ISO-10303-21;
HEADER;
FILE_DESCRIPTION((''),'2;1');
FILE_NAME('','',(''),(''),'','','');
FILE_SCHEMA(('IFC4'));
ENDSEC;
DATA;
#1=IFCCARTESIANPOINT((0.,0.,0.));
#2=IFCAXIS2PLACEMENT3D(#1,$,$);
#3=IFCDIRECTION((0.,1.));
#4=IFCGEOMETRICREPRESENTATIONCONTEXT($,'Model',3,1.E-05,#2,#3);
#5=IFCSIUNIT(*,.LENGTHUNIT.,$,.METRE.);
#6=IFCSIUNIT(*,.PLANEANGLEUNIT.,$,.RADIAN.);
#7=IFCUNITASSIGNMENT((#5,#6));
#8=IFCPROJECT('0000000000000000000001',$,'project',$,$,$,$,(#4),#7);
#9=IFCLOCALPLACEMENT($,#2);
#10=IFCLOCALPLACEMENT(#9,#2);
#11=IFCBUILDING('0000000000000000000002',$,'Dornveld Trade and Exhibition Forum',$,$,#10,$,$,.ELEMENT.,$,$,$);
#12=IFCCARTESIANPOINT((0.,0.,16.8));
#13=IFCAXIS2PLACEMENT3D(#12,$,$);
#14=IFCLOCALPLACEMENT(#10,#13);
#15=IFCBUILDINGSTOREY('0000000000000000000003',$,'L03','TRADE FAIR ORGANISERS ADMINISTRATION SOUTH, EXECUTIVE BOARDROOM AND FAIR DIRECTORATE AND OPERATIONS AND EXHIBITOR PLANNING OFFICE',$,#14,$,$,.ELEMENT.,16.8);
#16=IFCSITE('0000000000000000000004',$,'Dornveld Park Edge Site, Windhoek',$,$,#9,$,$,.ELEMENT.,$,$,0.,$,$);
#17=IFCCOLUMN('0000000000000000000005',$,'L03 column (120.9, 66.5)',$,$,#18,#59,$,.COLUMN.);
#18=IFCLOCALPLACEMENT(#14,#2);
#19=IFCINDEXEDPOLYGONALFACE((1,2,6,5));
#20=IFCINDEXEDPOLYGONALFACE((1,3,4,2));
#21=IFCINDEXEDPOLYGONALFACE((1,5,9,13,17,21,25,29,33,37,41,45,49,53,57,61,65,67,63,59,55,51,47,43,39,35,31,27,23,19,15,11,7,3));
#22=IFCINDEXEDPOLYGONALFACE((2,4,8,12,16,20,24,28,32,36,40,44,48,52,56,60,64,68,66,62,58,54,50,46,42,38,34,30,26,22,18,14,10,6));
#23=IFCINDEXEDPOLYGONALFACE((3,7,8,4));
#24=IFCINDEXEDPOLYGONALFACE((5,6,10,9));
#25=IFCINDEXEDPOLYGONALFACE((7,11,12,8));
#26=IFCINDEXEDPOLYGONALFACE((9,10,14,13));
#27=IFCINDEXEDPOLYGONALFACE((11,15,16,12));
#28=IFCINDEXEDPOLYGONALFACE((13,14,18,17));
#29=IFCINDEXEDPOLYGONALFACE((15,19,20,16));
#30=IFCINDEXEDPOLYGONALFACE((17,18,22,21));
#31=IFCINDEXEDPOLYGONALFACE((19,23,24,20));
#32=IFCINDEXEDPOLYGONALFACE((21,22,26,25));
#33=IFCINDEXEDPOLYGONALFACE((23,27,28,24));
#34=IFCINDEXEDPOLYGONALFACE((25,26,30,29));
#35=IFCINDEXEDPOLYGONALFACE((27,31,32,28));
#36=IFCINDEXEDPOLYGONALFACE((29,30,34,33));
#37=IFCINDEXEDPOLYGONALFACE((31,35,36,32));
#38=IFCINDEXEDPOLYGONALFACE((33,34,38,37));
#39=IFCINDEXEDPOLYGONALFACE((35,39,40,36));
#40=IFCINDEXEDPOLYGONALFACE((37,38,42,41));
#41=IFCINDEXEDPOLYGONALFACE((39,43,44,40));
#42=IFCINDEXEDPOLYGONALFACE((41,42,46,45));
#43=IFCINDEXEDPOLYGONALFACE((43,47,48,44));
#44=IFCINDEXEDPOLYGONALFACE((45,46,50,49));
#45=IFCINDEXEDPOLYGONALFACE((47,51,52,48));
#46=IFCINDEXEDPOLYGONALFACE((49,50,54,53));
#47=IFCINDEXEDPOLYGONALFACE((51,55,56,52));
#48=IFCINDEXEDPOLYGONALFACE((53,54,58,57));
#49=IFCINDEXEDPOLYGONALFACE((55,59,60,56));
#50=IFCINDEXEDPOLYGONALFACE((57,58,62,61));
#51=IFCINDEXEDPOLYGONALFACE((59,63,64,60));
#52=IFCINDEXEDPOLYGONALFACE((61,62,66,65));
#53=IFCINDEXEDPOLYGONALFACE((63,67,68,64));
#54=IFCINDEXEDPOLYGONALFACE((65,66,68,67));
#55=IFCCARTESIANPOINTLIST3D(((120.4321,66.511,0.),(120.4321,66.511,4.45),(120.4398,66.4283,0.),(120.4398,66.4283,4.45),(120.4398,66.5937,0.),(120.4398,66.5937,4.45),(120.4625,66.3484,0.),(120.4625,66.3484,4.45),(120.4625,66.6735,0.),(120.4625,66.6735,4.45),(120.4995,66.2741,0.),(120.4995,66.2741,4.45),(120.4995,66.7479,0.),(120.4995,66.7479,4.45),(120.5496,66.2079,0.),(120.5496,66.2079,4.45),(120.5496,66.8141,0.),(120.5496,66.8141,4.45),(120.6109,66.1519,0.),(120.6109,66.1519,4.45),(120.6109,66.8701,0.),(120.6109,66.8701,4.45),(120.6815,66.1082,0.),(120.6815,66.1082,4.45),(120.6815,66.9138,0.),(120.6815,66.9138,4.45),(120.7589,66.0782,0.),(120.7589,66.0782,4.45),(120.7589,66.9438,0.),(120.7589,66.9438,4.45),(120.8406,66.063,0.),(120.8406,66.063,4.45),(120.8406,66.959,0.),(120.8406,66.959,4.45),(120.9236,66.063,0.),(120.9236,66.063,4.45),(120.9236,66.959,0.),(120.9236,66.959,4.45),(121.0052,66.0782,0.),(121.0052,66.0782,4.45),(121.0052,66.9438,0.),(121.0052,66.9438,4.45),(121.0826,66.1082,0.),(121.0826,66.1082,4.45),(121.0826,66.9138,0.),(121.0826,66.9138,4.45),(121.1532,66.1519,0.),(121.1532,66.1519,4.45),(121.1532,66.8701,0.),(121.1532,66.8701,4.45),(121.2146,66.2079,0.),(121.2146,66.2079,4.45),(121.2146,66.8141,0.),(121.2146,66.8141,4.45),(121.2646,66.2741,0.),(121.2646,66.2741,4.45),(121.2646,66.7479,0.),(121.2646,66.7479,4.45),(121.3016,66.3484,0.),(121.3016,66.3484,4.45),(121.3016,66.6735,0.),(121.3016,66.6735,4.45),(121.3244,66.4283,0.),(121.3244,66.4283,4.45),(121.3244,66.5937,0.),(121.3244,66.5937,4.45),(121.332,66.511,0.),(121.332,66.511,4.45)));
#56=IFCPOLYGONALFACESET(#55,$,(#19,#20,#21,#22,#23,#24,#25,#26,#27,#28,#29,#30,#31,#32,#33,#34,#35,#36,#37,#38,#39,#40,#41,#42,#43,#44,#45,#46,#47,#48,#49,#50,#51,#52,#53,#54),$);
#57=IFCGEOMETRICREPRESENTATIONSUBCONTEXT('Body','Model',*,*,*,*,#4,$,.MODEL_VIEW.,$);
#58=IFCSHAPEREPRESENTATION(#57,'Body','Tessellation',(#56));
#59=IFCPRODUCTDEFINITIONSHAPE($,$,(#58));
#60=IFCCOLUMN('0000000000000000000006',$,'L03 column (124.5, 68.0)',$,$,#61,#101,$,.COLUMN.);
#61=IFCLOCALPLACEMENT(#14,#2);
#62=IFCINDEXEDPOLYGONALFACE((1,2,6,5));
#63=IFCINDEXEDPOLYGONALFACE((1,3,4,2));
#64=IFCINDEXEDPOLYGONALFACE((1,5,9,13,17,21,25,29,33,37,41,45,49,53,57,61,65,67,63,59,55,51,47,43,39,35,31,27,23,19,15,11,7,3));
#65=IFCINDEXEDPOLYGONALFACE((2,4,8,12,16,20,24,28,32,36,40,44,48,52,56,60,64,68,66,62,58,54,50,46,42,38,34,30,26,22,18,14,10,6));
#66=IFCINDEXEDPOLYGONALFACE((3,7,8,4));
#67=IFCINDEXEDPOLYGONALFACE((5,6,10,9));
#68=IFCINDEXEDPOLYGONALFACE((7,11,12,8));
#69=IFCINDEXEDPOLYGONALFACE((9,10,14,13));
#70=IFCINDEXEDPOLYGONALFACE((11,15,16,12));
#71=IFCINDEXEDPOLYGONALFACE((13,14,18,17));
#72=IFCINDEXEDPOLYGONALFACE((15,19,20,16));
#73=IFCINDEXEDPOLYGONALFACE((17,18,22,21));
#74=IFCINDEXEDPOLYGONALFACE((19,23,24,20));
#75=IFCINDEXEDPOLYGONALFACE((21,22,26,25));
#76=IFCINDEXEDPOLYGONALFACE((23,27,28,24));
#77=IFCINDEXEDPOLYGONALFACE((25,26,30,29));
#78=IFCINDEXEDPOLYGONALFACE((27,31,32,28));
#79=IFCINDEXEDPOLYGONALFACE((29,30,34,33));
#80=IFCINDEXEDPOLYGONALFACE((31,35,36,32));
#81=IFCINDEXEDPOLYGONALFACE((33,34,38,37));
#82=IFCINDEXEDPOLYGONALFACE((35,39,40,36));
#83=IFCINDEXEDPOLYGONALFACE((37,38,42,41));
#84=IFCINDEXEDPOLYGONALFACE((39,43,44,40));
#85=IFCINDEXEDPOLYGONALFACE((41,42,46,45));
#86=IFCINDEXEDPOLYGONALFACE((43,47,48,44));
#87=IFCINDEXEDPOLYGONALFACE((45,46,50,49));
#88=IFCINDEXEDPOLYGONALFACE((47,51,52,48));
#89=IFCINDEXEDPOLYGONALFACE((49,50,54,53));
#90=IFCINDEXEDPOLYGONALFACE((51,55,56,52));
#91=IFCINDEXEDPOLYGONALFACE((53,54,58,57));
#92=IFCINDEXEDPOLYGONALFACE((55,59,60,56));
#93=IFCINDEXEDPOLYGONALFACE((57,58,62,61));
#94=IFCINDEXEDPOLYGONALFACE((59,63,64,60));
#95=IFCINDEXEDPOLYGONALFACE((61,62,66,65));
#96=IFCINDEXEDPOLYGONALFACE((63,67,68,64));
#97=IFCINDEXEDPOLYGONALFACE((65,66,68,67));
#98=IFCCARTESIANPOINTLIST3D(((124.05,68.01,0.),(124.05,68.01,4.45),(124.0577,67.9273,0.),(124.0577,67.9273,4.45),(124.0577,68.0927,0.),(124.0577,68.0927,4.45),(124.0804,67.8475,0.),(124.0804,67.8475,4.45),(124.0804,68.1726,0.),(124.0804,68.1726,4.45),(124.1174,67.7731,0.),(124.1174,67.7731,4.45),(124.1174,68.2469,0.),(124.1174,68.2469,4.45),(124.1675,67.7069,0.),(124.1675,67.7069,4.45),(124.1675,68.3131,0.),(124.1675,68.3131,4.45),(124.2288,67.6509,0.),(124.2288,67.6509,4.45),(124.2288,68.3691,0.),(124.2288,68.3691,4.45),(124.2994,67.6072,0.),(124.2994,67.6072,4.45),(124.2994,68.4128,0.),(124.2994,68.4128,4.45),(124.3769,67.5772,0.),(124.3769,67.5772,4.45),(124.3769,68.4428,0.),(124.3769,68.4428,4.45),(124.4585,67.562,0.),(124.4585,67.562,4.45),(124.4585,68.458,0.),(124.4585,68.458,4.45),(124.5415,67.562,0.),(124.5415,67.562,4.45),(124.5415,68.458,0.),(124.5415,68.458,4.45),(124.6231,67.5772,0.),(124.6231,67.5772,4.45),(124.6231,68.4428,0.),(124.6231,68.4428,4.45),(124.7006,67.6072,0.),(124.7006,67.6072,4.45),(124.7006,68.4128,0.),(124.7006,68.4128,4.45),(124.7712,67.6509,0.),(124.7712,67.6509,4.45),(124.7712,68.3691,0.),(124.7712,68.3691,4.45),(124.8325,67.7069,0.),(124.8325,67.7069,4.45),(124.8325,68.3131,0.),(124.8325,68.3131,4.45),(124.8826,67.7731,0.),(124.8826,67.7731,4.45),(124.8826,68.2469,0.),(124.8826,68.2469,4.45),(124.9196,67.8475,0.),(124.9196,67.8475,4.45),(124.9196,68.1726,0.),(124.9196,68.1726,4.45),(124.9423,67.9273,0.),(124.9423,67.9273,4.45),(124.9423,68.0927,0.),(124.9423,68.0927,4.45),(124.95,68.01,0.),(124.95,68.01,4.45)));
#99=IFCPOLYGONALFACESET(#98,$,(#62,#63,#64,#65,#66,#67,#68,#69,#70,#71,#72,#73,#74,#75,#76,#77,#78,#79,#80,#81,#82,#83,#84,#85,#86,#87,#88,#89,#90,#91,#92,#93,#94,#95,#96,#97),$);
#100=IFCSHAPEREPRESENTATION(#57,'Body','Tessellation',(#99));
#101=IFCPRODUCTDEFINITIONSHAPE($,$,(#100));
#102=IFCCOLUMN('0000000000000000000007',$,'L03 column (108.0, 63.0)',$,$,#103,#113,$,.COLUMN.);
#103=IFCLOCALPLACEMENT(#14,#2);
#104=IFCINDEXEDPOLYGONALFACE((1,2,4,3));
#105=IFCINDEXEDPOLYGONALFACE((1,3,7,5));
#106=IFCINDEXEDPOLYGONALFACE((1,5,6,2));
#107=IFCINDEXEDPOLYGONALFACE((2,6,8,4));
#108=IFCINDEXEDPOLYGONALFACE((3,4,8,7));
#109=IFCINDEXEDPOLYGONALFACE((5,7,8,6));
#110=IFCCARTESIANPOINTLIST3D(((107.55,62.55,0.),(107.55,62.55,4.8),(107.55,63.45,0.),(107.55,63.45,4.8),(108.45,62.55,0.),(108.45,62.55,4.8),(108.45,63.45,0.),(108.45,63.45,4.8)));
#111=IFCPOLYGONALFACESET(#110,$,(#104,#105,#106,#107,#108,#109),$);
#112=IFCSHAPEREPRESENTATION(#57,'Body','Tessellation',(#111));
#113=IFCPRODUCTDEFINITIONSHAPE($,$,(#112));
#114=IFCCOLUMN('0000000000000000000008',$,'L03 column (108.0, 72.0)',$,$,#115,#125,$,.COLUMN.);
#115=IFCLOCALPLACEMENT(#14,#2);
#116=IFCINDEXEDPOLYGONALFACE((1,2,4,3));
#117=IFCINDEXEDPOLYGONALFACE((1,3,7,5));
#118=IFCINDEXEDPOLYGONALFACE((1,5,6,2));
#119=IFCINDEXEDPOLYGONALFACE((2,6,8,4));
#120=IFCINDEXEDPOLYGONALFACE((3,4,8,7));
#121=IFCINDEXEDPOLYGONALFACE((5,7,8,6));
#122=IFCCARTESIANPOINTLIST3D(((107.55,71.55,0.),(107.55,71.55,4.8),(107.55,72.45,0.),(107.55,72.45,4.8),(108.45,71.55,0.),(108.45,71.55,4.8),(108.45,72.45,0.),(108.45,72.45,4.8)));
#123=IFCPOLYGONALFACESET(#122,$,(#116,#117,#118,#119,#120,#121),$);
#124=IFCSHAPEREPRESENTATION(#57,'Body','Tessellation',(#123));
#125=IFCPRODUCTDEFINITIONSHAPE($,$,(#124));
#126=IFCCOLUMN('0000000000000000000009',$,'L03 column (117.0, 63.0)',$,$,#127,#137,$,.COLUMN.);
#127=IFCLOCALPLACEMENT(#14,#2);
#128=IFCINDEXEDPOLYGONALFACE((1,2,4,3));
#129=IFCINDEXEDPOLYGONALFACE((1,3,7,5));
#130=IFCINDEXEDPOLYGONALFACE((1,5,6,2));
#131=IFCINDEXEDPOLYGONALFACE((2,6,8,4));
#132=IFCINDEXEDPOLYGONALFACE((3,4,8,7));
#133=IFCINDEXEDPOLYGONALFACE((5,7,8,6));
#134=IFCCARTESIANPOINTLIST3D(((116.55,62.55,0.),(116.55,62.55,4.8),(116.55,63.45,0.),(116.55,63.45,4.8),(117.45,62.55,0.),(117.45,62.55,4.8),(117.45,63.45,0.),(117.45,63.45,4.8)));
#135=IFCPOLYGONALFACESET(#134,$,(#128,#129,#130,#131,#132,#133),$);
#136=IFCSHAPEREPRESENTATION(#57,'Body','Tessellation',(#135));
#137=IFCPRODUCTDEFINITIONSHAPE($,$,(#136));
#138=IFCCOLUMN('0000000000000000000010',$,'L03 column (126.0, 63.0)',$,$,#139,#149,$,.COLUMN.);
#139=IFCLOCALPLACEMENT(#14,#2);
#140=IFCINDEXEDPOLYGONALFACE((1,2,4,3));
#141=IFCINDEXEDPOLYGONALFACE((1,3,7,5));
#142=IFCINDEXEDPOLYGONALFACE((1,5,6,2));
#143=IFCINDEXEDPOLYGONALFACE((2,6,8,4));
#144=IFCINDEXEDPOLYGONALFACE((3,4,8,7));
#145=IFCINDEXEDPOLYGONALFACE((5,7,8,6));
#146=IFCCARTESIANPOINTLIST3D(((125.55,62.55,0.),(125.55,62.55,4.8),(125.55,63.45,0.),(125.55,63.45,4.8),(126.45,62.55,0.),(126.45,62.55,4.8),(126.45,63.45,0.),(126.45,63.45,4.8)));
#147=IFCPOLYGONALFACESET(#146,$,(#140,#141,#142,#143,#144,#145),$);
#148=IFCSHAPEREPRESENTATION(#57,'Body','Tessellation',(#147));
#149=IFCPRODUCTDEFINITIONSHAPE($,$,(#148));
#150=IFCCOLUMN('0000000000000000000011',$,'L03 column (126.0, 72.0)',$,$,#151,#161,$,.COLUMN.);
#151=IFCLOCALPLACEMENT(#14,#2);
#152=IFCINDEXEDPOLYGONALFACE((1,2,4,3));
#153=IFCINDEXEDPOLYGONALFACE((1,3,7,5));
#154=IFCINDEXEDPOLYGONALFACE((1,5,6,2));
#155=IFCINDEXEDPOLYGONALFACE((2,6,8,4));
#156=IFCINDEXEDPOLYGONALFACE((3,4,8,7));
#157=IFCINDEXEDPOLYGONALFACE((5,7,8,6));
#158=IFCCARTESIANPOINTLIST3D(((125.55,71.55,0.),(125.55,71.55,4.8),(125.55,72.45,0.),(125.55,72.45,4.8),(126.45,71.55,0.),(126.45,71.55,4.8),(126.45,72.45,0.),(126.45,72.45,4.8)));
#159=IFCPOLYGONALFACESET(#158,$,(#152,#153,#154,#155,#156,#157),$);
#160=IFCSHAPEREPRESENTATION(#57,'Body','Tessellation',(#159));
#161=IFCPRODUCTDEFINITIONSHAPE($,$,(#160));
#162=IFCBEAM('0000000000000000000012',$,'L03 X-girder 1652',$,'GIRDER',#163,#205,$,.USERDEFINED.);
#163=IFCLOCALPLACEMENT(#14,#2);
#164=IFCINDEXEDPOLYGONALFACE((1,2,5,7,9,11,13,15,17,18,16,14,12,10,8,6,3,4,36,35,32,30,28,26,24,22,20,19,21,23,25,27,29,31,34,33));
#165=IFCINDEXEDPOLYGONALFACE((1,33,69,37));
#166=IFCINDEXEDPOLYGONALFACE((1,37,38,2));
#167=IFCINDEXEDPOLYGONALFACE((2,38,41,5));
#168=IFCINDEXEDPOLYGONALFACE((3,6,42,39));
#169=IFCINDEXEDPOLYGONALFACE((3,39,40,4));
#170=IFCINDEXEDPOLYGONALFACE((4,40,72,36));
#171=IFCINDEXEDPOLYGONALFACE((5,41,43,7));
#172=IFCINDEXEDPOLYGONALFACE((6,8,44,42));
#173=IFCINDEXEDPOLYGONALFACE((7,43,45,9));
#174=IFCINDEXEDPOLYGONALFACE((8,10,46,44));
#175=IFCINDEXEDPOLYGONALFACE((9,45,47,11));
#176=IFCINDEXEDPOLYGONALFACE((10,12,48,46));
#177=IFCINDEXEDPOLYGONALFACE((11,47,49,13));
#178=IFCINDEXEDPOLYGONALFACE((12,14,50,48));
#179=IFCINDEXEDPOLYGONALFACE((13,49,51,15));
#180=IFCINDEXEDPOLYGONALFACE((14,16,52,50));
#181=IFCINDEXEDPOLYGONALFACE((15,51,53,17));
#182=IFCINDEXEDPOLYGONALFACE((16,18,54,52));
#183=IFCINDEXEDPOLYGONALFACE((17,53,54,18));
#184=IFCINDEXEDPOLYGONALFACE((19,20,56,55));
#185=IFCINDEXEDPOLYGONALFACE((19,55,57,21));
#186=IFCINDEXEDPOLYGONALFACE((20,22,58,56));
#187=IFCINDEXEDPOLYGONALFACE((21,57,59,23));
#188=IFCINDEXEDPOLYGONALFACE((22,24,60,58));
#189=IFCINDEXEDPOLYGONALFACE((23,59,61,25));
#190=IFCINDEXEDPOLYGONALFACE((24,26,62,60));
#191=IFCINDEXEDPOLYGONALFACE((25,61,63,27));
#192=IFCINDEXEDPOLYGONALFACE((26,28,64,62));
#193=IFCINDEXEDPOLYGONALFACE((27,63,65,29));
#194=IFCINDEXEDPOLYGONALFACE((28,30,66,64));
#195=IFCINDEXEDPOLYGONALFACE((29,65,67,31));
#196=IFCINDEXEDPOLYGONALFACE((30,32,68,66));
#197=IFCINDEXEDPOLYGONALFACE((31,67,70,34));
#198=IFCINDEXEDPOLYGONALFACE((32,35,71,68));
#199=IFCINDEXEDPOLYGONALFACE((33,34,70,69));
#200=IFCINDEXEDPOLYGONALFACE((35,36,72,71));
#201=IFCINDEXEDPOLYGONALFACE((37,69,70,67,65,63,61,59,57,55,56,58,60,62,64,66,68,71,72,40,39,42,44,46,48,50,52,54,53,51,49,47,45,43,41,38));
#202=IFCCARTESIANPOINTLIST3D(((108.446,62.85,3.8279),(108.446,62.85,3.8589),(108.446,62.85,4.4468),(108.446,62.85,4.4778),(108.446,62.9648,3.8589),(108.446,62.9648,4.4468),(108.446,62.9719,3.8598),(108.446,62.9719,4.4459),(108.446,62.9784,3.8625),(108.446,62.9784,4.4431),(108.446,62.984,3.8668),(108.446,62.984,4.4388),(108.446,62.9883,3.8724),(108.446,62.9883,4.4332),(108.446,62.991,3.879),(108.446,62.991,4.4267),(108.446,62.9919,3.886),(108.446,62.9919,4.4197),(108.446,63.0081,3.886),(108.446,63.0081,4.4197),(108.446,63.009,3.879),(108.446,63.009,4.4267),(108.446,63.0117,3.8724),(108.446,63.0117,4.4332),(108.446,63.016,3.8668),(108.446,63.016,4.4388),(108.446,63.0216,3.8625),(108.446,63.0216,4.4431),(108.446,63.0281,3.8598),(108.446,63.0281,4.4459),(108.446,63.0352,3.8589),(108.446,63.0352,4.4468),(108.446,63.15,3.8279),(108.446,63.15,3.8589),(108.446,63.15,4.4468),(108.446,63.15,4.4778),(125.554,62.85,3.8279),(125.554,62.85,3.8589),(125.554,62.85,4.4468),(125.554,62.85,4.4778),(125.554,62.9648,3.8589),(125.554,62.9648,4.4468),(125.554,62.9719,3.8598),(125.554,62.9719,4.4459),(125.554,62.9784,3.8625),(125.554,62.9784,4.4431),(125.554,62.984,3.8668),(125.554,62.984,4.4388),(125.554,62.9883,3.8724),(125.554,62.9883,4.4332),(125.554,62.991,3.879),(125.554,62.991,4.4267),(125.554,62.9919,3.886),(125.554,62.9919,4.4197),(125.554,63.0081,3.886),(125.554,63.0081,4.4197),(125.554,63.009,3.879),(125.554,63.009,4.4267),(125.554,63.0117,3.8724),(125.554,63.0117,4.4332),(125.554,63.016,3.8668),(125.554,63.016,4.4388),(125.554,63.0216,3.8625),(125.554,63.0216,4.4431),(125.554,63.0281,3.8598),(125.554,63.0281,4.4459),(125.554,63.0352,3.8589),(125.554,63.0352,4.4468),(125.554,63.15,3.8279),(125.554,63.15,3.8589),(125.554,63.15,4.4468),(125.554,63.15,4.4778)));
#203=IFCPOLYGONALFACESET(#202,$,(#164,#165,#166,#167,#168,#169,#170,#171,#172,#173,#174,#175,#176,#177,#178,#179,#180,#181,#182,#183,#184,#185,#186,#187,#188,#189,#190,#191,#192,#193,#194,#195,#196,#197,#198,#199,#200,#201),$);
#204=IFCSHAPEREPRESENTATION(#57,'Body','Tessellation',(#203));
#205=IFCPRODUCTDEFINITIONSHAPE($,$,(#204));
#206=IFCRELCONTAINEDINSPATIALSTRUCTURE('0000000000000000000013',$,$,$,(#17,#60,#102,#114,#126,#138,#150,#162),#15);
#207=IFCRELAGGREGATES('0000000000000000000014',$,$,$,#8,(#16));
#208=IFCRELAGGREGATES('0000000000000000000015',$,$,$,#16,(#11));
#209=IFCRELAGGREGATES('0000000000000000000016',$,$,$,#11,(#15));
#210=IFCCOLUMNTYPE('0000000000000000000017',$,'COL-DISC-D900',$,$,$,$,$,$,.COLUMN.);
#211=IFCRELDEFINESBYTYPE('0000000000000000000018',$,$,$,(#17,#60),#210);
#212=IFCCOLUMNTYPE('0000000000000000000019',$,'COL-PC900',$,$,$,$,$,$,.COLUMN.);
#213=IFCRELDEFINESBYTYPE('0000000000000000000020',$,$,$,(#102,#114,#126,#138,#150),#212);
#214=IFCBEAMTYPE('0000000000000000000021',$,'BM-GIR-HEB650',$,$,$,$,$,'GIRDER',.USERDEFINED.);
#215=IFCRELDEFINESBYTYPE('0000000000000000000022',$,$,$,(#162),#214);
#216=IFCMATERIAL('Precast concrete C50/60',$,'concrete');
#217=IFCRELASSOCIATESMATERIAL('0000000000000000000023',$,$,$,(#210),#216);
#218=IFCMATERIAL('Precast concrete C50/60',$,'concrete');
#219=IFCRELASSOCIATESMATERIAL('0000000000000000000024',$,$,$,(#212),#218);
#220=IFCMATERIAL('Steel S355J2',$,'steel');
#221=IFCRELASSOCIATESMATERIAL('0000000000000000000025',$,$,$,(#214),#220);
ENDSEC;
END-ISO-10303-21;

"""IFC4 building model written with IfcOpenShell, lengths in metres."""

from ifc_helpers import new_model, si_unit, direction, frame, origin, origin_2d, place, context, subcontext, project, spatial, rectangle, circle, i_section, extrude, material, material_profile, profile_set, type_object, element, save


model = new_model("IFC4")

# Units and contexts
model_context = context("Model", 3, precision=1e-05, world=origin(), true_north=direction((0.0, 1.0)))
body_context = subcontext(model_context, "Body", "Model", "MODEL_VIEW")
ifc_project = project(units=[si_unit("LENGTHUNIT", "METRE"), si_unit("PLANEANGLEUNIT", "RADIAN")], contexts=[model_context])

# Site, building, storey
site_placement = place(None, origin())
site = spatial("IfcSite", under=ifc_project, at=site_placement, Name="Dornveld Park Edge Site, Windhoek", CompositionType="ELEMENT", RefElevation=0.0)
building_placement = place(site_placement, origin())
building = spatial("IfcBuilding", under=site, at=building_placement, Name="Dornveld Trade and Exhibition Forum", CompositionType="ELEMENT")
storey_placement = place(building_placement, frame((0.0, 0.0, 16.8)))
storey = spatial("IfcBuildingStorey", under=building, at=storey_placement, Name="L03", Description="TRADE FAIR ORGANISERS ADMINISTRATION SOUTH, EXECUTIVE BOARDROOM AND FAIR DIRECTORATE AND OPERATIONS AND EXHIBITOR PLANNING OFFICE", CompositionType="ELEMENT", Elevation=16.8)

# Columns
ifc_material_1 = material(Name="Precast concrete C50/60", Category="concrete")
ifc_material_profile_1 = material_profile(ifc_material_1, circle(Radius=0.45, at=origin_2d()), Name="PC-COL D900")
ifc_profile_set_1 = profile_set([ifc_material_profile_1], Name="Precast concrete C50/60")
column_type_1 = type_object("IfcColumnType", Name="COL-DISC-D900", PredefinedType="COLUMN", material=ifc_profile_set_1)
for number, where, z_axis, x_axis, name in (
    (1, (120.8821, 66.511, 0.0), (0.0, 0.0, 1.0), (1.0, 0.0, 0.0), "L03 column (120.9, 66.5)"),
    (2, (124.5, 68.01, 0.0), (0.0, 0.0, 1.0), (1.0, 0.0, 0.0), "L03 column (124.5, 68.0)"),
):
    element("IfcColumn", number, at=place(storey_placement, frame(where, z_axis=z_axis, x_axis=x_axis)), inside=storey, type_object=column_type_1, Name=name, PredefinedType="COLUMN", context=body_context, shape_type="SweptSolid", body=[
        extrude(circle(Radius=0.45, at=origin_2d()), origin(), (0.0, 0.0, 1.0), 4.45),
    ])
ifc_material_2 = material(Name="Precast concrete C50/60", Category="concrete")
ifc_material_profile_2 = material_profile(ifc_material_2, rectangle(XDim=0.8999, YDim=0.8999, at=origin_2d()), Name="PC-COL 900x900")
ifc_profile_set_2 = profile_set([ifc_material_profile_2], Name="Precast concrete C50/60")
column_type_2 = type_object("IfcColumnType", Name="COL-PC900", PredefinedType="COLUMN", material=ifc_profile_set_2)
for number, where, z_axis, x_axis, name in (
    (3, (108.0, 63.0, 0.0), (0.0, 0.0, 1.0), (1.0, 0.0, 0.0), "L03 column (108.0, 63.0)"),
    (4, (108.0, 72.0, 0.0), (0.0, 0.0, 1.0), (1.0, 0.0, 0.0), "L03 column (108.0, 72.0)"),
    (5, (117.0, 63.0, 0.0), (0.0, 0.0, 1.0), (1.0, 0.0, 0.0), "L03 column (117.0, 63.0)"),
    (6, (126.0, 63.0, 0.0), (0.0, 0.0, 1.0), (1.0, 0.0, 0.0), "L03 column (126.0, 63.0)"),
    (7, (126.0, 72.0, 0.0), (0.0, 0.0, 1.0), (1.0, 0.0, 0.0), "L03 column (126.0, 72.0)"),
):
    element("IfcColumn", number, at=place(storey_placement, frame(where, z_axis=z_axis, x_axis=x_axis)), inside=storey, type_object=column_type_2, Name=name, PredefinedType="COLUMN", context=body_context, shape_type="SweptSolid", body=[
        extrude(rectangle(XDim=0.8999, YDim=0.8999, at=origin_2d()), origin(), (0.0, 0.0, 1.0), 4.8),
    ])

# Beam
ifc_material_3 = material(Name="Steel S355J2", Category="steel")
ifc_material_profile_3 = material_profile(ifc_material_3, i_section(OverallWidth=0.3, OverallDepth=0.6499, WebThickness=0.0161, FlangeThickness=0.031, FilletRadius=0.0271, at=origin_2d()), Name="HEB 650")
ifc_profile_set_3 = profile_set([ifc_material_profile_3], Name="Steel S355J2")
beam_type_1 = type_object("IfcBeamType", Name="BM-GIR-HEB650", ElementType="GIRDER", PredefinedType="USERDEFINED", material=ifc_profile_set_3)
beam_1_placement = place(storey_placement, frame((108.446, 63.0, 4.1528), z_axis=(1.0, 0.0, 0.0), x_axis=(0.0, 1.0, 0.0)))
element("IfcBeam", 8, at=beam_1_placement, inside=storey, type_object=beam_type_1, Name="L03 X-girder 1652", ObjectType="GIRDER", PredefinedType="USERDEFINED", context=body_context, shape_type="SweptSolid", body=[
    extrude(i_section(OverallWidth=0.3, OverallDepth=0.6499, WebThickness=0.0161, FlangeThickness=0.031, FilletRadius=0.0271, at=origin_2d()), origin(), (0.0, 0.0, 1.0), 17.1079),
])

save(model, "model.ifc")
